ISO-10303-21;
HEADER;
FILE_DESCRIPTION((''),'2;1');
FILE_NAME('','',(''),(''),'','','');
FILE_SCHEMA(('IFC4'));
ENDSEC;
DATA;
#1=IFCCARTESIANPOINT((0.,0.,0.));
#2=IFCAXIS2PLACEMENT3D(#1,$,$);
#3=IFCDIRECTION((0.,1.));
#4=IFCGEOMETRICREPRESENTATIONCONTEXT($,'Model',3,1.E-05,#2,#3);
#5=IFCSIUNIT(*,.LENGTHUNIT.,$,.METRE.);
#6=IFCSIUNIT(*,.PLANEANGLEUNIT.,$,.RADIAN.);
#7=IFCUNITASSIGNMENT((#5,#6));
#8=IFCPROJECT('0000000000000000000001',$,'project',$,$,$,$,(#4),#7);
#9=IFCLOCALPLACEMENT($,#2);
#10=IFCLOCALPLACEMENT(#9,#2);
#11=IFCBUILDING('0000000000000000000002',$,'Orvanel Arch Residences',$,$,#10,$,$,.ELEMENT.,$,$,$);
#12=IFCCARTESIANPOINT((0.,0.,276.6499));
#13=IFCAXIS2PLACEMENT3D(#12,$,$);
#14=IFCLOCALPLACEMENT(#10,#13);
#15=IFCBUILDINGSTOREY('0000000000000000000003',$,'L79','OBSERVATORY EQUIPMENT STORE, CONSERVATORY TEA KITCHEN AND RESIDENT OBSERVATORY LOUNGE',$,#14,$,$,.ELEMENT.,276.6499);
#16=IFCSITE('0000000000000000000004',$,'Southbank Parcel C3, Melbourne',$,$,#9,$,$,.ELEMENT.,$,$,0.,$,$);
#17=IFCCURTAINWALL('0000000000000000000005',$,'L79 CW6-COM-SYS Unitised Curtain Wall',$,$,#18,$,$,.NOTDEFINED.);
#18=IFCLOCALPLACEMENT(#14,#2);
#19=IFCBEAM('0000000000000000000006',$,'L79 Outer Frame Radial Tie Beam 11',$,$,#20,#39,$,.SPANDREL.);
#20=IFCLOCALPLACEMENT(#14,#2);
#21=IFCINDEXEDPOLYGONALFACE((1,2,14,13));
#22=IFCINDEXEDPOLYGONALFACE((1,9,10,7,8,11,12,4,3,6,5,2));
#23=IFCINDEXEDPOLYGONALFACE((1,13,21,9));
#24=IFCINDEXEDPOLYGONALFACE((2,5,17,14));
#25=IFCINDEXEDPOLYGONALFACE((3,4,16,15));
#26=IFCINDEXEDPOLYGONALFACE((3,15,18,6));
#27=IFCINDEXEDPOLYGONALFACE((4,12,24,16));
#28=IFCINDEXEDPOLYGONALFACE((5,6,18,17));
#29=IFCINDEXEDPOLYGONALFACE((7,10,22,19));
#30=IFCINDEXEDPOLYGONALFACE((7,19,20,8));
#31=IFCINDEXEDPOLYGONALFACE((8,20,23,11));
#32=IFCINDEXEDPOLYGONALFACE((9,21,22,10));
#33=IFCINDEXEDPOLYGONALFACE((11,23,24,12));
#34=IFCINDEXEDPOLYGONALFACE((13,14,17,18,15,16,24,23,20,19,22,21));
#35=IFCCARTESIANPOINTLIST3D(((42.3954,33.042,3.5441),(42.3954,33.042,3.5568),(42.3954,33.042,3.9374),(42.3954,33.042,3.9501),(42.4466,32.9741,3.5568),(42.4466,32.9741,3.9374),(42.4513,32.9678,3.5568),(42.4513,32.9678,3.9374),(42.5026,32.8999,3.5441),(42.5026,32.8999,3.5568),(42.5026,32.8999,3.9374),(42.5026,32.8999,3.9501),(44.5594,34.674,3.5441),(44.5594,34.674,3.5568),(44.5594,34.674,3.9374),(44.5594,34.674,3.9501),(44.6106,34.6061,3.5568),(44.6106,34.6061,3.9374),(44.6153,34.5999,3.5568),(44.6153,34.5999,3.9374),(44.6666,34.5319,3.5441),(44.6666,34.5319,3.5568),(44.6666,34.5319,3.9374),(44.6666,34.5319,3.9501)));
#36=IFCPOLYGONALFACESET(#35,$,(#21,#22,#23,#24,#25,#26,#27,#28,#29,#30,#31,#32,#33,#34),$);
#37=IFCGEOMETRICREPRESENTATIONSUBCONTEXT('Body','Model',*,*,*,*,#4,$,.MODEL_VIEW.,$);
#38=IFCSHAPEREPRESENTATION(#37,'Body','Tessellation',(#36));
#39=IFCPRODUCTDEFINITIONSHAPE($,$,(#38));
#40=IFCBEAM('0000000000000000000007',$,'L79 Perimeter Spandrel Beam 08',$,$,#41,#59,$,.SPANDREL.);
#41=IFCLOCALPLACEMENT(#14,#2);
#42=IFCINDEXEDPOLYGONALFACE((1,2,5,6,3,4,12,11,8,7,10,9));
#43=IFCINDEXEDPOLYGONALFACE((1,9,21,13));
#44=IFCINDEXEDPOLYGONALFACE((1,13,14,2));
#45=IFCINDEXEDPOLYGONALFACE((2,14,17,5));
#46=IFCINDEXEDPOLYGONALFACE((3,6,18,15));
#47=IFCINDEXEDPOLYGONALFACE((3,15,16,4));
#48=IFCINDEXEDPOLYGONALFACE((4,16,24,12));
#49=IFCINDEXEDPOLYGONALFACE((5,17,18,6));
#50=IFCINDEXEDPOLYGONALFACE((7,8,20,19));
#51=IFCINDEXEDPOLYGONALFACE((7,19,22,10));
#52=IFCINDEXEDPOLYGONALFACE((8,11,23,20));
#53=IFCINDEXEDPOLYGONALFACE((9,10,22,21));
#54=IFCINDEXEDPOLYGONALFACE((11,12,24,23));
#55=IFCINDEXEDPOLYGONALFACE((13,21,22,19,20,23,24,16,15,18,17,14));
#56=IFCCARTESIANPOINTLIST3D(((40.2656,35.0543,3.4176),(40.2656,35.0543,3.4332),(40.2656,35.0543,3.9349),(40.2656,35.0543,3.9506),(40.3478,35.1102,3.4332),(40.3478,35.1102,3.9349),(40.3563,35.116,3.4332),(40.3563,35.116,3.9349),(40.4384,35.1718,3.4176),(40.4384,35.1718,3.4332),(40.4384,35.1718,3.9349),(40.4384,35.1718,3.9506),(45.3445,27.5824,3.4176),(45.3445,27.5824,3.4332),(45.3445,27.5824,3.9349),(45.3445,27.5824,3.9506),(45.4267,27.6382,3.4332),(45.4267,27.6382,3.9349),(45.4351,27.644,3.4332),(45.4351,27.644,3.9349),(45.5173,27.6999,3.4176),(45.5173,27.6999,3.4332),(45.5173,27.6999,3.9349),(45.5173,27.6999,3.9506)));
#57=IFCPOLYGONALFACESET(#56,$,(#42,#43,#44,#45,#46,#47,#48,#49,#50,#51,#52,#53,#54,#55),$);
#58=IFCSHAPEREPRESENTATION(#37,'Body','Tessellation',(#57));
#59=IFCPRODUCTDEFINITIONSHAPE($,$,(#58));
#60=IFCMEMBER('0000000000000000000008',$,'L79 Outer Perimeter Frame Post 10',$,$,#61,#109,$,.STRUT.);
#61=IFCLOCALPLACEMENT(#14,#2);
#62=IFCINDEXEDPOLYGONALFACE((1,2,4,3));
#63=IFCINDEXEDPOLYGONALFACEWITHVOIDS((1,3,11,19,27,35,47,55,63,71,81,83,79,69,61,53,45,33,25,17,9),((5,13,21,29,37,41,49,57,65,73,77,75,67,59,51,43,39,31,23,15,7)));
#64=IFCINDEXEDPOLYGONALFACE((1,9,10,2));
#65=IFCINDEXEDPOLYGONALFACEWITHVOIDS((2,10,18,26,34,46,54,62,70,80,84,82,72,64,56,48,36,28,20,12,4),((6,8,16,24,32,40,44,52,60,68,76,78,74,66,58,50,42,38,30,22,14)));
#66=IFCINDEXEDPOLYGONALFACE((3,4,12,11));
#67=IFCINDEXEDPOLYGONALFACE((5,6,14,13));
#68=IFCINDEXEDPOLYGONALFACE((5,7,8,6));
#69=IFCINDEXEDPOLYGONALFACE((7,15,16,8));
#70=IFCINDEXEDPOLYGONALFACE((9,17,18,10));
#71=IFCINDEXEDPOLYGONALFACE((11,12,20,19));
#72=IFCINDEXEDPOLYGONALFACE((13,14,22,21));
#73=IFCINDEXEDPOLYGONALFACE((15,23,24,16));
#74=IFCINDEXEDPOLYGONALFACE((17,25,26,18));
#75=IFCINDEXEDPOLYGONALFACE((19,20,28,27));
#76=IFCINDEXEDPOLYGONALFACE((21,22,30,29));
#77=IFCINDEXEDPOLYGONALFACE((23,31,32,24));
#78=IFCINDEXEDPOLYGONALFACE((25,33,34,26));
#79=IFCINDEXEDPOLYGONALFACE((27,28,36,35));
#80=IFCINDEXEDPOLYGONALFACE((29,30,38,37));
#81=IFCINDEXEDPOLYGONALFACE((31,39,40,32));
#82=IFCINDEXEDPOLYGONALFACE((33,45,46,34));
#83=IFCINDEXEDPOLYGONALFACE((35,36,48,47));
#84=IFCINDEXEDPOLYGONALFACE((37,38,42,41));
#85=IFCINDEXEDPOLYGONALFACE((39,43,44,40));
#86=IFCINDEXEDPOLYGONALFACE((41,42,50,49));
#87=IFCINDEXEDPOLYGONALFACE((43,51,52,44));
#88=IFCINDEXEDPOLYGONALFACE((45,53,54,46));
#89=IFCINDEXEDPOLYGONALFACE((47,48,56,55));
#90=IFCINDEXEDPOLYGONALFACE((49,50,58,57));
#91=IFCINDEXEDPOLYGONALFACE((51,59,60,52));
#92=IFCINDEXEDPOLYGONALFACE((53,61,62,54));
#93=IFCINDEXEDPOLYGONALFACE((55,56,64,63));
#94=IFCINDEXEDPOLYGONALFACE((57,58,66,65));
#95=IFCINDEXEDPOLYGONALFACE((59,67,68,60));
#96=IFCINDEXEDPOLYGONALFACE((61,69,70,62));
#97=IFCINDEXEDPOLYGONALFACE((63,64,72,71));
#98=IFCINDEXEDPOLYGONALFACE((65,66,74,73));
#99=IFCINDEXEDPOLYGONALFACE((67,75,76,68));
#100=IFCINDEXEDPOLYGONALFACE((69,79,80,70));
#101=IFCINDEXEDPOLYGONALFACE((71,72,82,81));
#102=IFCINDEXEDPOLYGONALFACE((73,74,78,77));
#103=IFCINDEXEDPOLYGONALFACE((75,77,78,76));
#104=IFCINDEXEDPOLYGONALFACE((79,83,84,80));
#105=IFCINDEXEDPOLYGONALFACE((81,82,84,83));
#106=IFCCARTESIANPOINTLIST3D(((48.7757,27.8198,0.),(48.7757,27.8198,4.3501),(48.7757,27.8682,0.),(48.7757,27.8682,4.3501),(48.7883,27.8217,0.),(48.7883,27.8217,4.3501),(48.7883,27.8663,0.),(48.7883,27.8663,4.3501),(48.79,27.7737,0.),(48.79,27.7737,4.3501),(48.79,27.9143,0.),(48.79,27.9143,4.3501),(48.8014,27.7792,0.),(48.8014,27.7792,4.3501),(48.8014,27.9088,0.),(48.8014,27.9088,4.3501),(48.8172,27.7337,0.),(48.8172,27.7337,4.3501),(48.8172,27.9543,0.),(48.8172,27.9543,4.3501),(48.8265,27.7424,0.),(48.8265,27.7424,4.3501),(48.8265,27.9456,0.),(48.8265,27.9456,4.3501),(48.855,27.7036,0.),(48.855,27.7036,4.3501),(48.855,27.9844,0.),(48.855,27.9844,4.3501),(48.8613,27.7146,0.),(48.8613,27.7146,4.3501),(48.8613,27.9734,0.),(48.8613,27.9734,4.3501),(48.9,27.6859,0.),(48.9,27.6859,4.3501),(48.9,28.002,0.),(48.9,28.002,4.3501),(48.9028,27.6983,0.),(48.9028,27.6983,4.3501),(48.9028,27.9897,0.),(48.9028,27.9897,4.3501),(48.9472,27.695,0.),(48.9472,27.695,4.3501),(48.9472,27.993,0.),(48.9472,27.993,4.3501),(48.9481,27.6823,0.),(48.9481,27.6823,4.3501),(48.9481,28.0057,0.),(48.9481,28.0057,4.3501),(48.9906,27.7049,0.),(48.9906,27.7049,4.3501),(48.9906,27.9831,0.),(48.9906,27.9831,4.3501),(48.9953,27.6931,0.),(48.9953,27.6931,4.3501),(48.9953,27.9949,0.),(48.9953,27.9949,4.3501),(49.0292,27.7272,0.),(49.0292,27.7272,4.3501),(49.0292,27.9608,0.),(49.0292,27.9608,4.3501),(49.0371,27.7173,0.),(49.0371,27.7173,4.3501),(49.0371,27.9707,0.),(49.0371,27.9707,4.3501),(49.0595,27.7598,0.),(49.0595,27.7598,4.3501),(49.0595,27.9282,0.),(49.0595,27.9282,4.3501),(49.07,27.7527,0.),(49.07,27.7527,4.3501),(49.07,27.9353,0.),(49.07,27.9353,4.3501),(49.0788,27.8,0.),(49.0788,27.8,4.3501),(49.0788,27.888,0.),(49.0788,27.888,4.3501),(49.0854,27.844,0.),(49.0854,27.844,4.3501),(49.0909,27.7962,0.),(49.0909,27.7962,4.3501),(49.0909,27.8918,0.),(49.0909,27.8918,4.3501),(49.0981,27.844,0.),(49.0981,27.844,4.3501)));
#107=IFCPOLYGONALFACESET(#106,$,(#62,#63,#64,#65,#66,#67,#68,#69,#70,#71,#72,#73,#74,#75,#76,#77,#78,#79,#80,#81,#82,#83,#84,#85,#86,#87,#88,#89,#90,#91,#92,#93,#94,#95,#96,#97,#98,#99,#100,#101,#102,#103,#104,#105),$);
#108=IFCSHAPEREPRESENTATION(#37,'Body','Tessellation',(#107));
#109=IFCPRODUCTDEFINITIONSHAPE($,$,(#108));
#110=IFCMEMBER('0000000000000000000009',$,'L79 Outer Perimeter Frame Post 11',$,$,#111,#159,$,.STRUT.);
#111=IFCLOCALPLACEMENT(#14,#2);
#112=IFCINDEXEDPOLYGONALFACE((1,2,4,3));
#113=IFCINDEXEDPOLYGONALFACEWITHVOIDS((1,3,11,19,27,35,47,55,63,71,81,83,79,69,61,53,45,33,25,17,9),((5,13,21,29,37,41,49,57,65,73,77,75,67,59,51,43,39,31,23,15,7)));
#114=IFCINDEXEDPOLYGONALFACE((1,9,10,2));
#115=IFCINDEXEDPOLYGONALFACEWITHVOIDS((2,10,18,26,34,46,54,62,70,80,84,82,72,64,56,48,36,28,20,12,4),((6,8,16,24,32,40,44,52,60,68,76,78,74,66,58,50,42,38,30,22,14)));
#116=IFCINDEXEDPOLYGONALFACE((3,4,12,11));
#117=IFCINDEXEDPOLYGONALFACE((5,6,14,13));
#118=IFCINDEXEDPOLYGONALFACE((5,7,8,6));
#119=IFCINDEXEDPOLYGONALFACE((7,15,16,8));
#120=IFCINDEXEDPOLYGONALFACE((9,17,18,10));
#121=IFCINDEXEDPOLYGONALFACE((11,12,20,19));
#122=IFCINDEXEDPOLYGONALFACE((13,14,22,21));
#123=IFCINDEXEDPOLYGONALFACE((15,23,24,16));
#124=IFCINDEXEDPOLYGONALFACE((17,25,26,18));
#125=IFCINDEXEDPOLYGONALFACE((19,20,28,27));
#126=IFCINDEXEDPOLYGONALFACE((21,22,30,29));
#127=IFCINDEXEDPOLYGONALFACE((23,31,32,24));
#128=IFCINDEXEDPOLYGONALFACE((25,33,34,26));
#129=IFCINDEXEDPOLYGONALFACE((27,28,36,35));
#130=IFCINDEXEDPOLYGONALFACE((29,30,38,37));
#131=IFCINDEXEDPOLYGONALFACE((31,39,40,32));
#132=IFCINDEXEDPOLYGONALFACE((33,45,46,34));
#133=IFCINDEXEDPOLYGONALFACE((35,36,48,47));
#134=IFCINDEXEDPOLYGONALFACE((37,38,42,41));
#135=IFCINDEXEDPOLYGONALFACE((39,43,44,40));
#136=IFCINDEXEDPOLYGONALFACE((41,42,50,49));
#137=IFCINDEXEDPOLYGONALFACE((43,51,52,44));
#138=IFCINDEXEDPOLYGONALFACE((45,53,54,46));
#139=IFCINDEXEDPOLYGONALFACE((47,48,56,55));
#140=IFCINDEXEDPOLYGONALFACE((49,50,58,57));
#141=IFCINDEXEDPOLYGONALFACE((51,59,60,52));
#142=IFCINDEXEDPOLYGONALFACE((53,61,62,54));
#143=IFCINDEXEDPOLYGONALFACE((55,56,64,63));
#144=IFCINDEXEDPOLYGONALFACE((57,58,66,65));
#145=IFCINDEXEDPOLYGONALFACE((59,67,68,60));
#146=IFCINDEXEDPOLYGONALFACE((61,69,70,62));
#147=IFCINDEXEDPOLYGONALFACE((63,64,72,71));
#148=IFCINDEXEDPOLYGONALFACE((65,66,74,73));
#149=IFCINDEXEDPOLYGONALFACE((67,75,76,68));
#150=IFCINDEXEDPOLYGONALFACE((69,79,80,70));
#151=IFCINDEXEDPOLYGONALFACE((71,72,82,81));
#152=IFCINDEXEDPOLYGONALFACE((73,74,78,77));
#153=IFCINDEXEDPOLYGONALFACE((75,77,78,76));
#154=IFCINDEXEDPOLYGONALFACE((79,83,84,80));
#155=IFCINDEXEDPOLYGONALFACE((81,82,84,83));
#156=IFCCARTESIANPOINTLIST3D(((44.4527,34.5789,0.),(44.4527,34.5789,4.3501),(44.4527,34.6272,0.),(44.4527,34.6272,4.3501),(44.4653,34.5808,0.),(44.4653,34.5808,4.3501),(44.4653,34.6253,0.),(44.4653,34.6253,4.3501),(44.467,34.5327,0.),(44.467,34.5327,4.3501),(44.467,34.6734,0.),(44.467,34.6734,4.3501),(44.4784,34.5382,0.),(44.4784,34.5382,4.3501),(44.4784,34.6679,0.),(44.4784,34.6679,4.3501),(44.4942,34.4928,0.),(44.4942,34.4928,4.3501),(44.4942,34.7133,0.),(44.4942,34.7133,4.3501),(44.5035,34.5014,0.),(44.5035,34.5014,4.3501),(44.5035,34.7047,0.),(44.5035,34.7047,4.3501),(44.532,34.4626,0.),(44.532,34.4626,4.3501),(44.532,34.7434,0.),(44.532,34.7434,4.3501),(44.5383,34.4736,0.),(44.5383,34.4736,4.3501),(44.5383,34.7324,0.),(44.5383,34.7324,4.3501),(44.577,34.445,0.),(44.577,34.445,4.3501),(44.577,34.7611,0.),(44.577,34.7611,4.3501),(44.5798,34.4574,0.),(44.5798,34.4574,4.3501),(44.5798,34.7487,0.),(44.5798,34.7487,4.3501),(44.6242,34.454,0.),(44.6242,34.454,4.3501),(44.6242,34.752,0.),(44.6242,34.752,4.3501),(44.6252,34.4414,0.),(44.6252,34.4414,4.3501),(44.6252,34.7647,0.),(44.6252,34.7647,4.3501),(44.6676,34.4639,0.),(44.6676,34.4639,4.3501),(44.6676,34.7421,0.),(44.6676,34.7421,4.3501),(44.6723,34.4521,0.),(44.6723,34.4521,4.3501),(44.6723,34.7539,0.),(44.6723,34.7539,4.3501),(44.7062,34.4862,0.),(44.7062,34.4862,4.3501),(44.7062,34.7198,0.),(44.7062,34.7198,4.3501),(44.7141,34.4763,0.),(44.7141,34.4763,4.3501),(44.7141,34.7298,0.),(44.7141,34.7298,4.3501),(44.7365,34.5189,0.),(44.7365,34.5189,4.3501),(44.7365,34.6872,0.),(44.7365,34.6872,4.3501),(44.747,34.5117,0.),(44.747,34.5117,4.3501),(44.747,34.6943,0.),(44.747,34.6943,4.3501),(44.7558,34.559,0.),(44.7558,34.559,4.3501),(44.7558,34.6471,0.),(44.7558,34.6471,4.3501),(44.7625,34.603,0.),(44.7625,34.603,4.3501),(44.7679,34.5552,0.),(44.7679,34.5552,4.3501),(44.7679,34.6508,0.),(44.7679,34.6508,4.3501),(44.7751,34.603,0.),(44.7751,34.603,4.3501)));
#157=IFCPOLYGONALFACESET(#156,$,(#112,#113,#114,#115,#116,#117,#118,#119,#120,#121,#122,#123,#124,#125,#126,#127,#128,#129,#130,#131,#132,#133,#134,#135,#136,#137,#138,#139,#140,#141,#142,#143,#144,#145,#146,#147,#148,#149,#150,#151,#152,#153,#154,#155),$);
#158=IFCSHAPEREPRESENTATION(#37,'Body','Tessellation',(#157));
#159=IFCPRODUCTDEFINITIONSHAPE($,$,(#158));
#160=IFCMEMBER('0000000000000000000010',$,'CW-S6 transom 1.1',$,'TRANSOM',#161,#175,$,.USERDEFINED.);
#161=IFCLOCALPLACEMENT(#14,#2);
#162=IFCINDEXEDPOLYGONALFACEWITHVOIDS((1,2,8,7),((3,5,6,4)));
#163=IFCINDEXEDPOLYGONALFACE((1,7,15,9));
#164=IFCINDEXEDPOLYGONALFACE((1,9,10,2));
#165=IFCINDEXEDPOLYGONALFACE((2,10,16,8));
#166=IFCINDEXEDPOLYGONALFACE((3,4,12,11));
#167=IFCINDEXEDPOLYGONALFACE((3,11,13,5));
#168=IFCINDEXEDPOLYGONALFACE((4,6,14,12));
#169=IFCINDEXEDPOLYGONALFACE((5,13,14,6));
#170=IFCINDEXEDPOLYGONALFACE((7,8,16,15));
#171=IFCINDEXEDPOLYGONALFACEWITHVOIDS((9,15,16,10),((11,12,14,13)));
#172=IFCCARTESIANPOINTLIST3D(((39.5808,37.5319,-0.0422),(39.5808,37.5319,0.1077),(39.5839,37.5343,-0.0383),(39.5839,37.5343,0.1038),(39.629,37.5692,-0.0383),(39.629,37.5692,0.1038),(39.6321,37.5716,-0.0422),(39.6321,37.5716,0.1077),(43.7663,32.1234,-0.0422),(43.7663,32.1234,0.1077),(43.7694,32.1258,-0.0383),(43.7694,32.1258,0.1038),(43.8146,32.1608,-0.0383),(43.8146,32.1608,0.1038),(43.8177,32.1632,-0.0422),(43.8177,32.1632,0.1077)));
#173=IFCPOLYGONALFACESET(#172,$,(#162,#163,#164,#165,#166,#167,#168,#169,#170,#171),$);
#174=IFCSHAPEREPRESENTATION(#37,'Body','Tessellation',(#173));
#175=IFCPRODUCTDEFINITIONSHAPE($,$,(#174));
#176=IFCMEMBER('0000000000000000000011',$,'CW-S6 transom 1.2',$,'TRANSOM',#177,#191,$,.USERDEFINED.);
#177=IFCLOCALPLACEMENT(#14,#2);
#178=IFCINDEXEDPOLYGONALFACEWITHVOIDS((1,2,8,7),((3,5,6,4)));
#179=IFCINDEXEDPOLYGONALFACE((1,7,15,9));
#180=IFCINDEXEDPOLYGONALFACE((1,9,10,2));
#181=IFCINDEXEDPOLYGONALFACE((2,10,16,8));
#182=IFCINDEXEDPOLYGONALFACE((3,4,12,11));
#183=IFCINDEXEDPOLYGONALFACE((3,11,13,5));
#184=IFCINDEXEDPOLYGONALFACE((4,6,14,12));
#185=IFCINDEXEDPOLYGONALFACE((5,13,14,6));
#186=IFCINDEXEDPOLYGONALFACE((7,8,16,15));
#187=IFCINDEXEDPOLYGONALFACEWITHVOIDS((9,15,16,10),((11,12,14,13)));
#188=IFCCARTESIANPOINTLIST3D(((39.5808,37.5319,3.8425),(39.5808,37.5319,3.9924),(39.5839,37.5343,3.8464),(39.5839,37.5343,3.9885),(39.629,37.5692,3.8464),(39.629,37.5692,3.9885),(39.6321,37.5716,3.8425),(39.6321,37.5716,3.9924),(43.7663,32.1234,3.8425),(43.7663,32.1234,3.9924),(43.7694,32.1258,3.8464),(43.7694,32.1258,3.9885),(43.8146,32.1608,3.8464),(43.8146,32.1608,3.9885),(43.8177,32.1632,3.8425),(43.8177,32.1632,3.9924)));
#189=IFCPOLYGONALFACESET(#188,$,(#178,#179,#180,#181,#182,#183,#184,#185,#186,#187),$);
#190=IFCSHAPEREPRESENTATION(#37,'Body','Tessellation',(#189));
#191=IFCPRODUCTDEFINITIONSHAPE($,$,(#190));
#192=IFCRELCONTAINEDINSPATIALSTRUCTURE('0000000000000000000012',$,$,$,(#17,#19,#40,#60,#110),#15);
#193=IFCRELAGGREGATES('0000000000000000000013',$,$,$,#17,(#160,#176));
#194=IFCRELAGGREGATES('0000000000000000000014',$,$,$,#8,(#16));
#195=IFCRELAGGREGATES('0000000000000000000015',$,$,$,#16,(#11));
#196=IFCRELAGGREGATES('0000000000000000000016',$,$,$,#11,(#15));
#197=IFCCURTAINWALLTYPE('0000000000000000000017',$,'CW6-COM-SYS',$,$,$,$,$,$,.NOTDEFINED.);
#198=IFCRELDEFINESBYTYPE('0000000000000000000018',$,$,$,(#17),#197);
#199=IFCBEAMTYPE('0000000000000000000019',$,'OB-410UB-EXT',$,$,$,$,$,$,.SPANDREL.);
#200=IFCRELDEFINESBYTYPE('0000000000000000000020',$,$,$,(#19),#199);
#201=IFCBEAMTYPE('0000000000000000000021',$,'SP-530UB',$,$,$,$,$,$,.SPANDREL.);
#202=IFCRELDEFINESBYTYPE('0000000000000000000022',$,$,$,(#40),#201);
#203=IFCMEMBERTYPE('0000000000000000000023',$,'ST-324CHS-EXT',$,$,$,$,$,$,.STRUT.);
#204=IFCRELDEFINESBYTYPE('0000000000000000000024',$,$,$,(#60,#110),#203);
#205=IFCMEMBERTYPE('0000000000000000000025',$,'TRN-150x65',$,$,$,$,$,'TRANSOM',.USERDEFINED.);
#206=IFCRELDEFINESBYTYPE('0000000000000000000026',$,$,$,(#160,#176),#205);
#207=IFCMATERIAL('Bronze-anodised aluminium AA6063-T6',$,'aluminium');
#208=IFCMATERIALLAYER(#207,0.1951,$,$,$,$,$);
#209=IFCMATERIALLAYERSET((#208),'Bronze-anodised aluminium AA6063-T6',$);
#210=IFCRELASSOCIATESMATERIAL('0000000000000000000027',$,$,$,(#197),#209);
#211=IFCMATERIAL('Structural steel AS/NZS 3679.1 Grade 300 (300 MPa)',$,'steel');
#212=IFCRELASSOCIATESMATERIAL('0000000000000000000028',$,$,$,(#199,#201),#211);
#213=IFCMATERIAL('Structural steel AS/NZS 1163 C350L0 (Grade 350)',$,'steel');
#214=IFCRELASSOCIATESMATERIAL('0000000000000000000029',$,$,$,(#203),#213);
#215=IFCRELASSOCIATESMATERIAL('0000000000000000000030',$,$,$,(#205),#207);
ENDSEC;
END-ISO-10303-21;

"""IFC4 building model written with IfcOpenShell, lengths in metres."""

from ifc_helpers import new_model, si_unit, direction, frame, origin, origin_2d, place, context, subcontext, project, spatial, hollow_rectangle, hollow_circle, i_section, extrude, material, layer, layer_set, material_profile, profile_set, type_object, element, aggregate, save


model = new_model("IFC4")

# Units and contexts
model_context = context("Model", 3, precision=1e-05, world=origin(), true_north=direction((0.0, 1.0)))
body_context = subcontext(model_context, "Body", "Model", "MODEL_VIEW")
ifc_project = project(units=[si_unit("LENGTHUNIT", "METRE"), si_unit("PLANEANGLEUNIT", "RADIAN")], contexts=[model_context])

# Site, building, storey
site_placement = place(None, origin())
site = spatial("IfcSite", under=ifc_project, at=site_placement, Name="Southbank Parcel C3, Melbourne", CompositionType="ELEMENT", RefElevation=0.0)
building_placement = place(site_placement, origin())
building = spatial("IfcBuilding", under=site, at=building_placement, Name="Orvanel Arch Residences", CompositionType="ELEMENT")
storey_placement = place(building_placement, frame((0.0, 0.0, 276.6499)))
storey = spatial("IfcBuildingStorey", under=building, at=storey_placement, Name="L79", Description="OBSERVATORY EQUIPMENT STORE, CONSERVATORY TEA KITCHEN AND RESIDENT OBSERVATORY LOUNGE", CompositionType="ELEMENT", Elevation=276.6499)

# Shared definitions
ifc_material_1 = material(Name="Structural steel AS/NZS 1163 C350L0 (Grade 350)", Category="steel")

# Shared definitions
ifc_material_2 = material(Name="Structural steel AS/NZS 3679.1 Grade 300 (300 MPa)", Category="steel")

# Curtain wall
ifc_material_3 = material(Name="Bronze-anodised aluminium AA6063-T6", Category="aluminium")
ifc_layer_1 = layer(ifc_material_3, 0.1951)
ifc_layer_set_1 = layer_set([ifc_layer_1], Name="Bronze-anodised aluminium AA6063-T6")
curtain_wall_type = type_object("IfcCurtainWallType", Name="CW6-COM-SYS", PredefinedType="NOTDEFINED", material=ifc_layer_set_1)
curtain_wall_placement = place(storey_placement, origin())
curtain_wall = element("IfcCurtainWall", 1, at=curtain_wall_placement, inside=storey, type_object=curtain_wall_type, Name="L79 CW6-COM-SYS Unitised Curtain Wall", PredefinedType="NOTDEFINED")

# Beams
ifc_material_profile_1 = material_profile(ifc_material_2, i_section(OverallWidth=0.178, OverallDepth=0.406, WebThickness=0.0078, FlangeThickness=0.0127, at=origin_2d()), Name="410UB59.7")
ifc_profile_set_1 = profile_set([ifc_material_profile_1], Name="Structural steel AS/NZS 3679.1 Grade 300 (300 MPa)")
beam_type_1 = type_object("IfcBeamType", Name="OB-410UB-EXT", PredefinedType="SPANDREL", material=ifc_profile_set_1)
beam_1_placement = place(storey_placement, frame((42.449, 32.9709, 3.7471), z_axis=(0.798397, 0.602131, 0.0), x_axis=(-0.602131, 0.798397, 0.0)))
element("IfcBeam", 2, at=beam_1_placement, inside=storey, type_object=beam_type_1, Name="L79 Outer Frame Radial Tie Beam 11", PredefinedType="SPANDREL", context=body_context, shape_type="SweptSolid", body=[
    extrude(i_section(OverallWidth=0.178, OverallDepth=0.406, WebThickness=0.0078, FlangeThickness=0.0127, at=origin_2d()), origin(), (0.0, 0.0, 1.0), 2.7104),
])
ifc_material_profile_2 = material_profile(ifc_material_2, i_section(OverallWidth=0.209, OverallDepth=0.533, WebThickness=0.0103, FlangeThickness=0.0156, at=origin_2d()), Name="530UB92.4")
ifc_profile_set_2 = profile_set([ifc_material_profile_2], Name="Structural steel AS/NZS 3679.1 Grade 300 (300 MPa)")
beam_type_2 = type_object("IfcBeamType", Name="SP-530UB", PredefinedType="SPANDREL", material=ifc_profile_set_2)
beam_2_placement = place(storey_placement, frame((45.4309, 27.6411, 3.6841), z_axis=(-0.562155, 0.827032, 0.0), x_axis=(-0.827032, -0.562155, 0.0)))
element("IfcBeam", 3, at=beam_2_placement, inside=storey, type_object=beam_type_2, Name="L79 Perimeter Spandrel Beam 08", PredefinedType="SPANDREL", context=body_context, shape_type="SweptSolid", body=[
    extrude(i_section(OverallWidth=0.209, OverallDepth=0.533, WebThickness=0.0103, FlangeThickness=0.0156, at=origin_2d()), origin(), (0.0, 0.0, 1.0), 9.0347),
])

# Members
ifc_material_profile_3 = material_profile(ifc_material_1, hollow_circle(Radius=0.1621, WallThickness=0.0127, at=origin_2d()), Name="CHS324x12.7")
ifc_profile_set_3 = profile_set([ifc_material_profile_3], Name="Structural steel AS/NZS 1163 C350L0 (Grade 350)")
member_type_1 = type_object("IfcMemberType", Name="ST-324CHS-EXT", PredefinedType="STRUT", material=ifc_profile_set_3)
for number, where, z_axis, x_axis, name in (
    (4, (48.936, 27.844, 0.0), (0.0, 0.0, 1.0), (1.0, 0.0, 0.0), "L79 Outer Perimeter Frame Post 10"),
    (5, (44.613, 34.603, 0.0), (0.0, 0.0, 1.0), (1.0, 0.0, 0.0), "L79 Outer Perimeter Frame Post 11"),
):
    element("IfcMember", number, at=place(storey_placement, frame(where, z_axis=z_axis, x_axis=x_axis)), inside=storey, type_object=member_type_1, Name=name, PredefinedType="STRUT", context=body_context, shape_type="SweptSolid", body=[
        extrude(hollow_circle(Radius=0.1621, WallThickness=0.0127, at=origin_2d()), origin(), (0.0, 0.0, 1.0), 4.3501),
    ])

# Members
ifc_material_profile_4 = material_profile(ifc_material_3, hollow_rectangle(XDim=0.0649, YDim=0.1499, WallThickness=0.0039, at=origin_2d()), Name="ALU150x65x4")
ifc_profile_set_4 = profile_set([ifc_material_profile_4], Name="Bronze-anodised aluminium AA6063-T6")
member_type_2 = type_object("IfcMemberType", Name="TRN-150x65", ElementType="TRANSOM", PredefinedType="USERDEFINED", material=ifc_profile_set_4)
member_1_placement = place(storey_placement, frame((43.792, 32.1433, 0.0327), z_axis=(-0.612023, 0.79084, 0.0), x_axis=(-0.79084, -0.612023, 0.0)))
member_1 = element("IfcMember", 6, at=member_1_placement, type_object=member_type_2, Name="CW-S6 transom 1.1", ObjectType="TRANSOM", PredefinedType="USERDEFINED", context=body_context, shape_type="SweptSolid", body=[
    extrude(hollow_rectangle(XDim=0.0649, YDim=0.1499, WallThickness=0.0039, at=origin_2d()), origin(), (0.0, 0.0, 1.0), 6.8389),
])
member_2_placement = place(storey_placement, frame((43.792, 32.1433, 3.9175), z_axis=(-0.612023, 0.79084, 0.0), x_axis=(-0.79084, -0.612023, 0.0)))
member_2 = element("IfcMember", 7, at=member_2_placement, type_object=member_type_2, Name="CW-S6 transom 1.2", ObjectType="TRANSOM", PredefinedType="USERDEFINED", context=body_context, shape_type="SweptSolid", body=[
    extrude(hollow_rectangle(XDim=0.0649, YDim=0.1499, WallThickness=0.0039, at=origin_2d()), origin(), (0.0, 0.0, 1.0), 6.8389),
])
aggregate(curtain_wall, [member_1, member_2])

save(model, "model.ifc")
